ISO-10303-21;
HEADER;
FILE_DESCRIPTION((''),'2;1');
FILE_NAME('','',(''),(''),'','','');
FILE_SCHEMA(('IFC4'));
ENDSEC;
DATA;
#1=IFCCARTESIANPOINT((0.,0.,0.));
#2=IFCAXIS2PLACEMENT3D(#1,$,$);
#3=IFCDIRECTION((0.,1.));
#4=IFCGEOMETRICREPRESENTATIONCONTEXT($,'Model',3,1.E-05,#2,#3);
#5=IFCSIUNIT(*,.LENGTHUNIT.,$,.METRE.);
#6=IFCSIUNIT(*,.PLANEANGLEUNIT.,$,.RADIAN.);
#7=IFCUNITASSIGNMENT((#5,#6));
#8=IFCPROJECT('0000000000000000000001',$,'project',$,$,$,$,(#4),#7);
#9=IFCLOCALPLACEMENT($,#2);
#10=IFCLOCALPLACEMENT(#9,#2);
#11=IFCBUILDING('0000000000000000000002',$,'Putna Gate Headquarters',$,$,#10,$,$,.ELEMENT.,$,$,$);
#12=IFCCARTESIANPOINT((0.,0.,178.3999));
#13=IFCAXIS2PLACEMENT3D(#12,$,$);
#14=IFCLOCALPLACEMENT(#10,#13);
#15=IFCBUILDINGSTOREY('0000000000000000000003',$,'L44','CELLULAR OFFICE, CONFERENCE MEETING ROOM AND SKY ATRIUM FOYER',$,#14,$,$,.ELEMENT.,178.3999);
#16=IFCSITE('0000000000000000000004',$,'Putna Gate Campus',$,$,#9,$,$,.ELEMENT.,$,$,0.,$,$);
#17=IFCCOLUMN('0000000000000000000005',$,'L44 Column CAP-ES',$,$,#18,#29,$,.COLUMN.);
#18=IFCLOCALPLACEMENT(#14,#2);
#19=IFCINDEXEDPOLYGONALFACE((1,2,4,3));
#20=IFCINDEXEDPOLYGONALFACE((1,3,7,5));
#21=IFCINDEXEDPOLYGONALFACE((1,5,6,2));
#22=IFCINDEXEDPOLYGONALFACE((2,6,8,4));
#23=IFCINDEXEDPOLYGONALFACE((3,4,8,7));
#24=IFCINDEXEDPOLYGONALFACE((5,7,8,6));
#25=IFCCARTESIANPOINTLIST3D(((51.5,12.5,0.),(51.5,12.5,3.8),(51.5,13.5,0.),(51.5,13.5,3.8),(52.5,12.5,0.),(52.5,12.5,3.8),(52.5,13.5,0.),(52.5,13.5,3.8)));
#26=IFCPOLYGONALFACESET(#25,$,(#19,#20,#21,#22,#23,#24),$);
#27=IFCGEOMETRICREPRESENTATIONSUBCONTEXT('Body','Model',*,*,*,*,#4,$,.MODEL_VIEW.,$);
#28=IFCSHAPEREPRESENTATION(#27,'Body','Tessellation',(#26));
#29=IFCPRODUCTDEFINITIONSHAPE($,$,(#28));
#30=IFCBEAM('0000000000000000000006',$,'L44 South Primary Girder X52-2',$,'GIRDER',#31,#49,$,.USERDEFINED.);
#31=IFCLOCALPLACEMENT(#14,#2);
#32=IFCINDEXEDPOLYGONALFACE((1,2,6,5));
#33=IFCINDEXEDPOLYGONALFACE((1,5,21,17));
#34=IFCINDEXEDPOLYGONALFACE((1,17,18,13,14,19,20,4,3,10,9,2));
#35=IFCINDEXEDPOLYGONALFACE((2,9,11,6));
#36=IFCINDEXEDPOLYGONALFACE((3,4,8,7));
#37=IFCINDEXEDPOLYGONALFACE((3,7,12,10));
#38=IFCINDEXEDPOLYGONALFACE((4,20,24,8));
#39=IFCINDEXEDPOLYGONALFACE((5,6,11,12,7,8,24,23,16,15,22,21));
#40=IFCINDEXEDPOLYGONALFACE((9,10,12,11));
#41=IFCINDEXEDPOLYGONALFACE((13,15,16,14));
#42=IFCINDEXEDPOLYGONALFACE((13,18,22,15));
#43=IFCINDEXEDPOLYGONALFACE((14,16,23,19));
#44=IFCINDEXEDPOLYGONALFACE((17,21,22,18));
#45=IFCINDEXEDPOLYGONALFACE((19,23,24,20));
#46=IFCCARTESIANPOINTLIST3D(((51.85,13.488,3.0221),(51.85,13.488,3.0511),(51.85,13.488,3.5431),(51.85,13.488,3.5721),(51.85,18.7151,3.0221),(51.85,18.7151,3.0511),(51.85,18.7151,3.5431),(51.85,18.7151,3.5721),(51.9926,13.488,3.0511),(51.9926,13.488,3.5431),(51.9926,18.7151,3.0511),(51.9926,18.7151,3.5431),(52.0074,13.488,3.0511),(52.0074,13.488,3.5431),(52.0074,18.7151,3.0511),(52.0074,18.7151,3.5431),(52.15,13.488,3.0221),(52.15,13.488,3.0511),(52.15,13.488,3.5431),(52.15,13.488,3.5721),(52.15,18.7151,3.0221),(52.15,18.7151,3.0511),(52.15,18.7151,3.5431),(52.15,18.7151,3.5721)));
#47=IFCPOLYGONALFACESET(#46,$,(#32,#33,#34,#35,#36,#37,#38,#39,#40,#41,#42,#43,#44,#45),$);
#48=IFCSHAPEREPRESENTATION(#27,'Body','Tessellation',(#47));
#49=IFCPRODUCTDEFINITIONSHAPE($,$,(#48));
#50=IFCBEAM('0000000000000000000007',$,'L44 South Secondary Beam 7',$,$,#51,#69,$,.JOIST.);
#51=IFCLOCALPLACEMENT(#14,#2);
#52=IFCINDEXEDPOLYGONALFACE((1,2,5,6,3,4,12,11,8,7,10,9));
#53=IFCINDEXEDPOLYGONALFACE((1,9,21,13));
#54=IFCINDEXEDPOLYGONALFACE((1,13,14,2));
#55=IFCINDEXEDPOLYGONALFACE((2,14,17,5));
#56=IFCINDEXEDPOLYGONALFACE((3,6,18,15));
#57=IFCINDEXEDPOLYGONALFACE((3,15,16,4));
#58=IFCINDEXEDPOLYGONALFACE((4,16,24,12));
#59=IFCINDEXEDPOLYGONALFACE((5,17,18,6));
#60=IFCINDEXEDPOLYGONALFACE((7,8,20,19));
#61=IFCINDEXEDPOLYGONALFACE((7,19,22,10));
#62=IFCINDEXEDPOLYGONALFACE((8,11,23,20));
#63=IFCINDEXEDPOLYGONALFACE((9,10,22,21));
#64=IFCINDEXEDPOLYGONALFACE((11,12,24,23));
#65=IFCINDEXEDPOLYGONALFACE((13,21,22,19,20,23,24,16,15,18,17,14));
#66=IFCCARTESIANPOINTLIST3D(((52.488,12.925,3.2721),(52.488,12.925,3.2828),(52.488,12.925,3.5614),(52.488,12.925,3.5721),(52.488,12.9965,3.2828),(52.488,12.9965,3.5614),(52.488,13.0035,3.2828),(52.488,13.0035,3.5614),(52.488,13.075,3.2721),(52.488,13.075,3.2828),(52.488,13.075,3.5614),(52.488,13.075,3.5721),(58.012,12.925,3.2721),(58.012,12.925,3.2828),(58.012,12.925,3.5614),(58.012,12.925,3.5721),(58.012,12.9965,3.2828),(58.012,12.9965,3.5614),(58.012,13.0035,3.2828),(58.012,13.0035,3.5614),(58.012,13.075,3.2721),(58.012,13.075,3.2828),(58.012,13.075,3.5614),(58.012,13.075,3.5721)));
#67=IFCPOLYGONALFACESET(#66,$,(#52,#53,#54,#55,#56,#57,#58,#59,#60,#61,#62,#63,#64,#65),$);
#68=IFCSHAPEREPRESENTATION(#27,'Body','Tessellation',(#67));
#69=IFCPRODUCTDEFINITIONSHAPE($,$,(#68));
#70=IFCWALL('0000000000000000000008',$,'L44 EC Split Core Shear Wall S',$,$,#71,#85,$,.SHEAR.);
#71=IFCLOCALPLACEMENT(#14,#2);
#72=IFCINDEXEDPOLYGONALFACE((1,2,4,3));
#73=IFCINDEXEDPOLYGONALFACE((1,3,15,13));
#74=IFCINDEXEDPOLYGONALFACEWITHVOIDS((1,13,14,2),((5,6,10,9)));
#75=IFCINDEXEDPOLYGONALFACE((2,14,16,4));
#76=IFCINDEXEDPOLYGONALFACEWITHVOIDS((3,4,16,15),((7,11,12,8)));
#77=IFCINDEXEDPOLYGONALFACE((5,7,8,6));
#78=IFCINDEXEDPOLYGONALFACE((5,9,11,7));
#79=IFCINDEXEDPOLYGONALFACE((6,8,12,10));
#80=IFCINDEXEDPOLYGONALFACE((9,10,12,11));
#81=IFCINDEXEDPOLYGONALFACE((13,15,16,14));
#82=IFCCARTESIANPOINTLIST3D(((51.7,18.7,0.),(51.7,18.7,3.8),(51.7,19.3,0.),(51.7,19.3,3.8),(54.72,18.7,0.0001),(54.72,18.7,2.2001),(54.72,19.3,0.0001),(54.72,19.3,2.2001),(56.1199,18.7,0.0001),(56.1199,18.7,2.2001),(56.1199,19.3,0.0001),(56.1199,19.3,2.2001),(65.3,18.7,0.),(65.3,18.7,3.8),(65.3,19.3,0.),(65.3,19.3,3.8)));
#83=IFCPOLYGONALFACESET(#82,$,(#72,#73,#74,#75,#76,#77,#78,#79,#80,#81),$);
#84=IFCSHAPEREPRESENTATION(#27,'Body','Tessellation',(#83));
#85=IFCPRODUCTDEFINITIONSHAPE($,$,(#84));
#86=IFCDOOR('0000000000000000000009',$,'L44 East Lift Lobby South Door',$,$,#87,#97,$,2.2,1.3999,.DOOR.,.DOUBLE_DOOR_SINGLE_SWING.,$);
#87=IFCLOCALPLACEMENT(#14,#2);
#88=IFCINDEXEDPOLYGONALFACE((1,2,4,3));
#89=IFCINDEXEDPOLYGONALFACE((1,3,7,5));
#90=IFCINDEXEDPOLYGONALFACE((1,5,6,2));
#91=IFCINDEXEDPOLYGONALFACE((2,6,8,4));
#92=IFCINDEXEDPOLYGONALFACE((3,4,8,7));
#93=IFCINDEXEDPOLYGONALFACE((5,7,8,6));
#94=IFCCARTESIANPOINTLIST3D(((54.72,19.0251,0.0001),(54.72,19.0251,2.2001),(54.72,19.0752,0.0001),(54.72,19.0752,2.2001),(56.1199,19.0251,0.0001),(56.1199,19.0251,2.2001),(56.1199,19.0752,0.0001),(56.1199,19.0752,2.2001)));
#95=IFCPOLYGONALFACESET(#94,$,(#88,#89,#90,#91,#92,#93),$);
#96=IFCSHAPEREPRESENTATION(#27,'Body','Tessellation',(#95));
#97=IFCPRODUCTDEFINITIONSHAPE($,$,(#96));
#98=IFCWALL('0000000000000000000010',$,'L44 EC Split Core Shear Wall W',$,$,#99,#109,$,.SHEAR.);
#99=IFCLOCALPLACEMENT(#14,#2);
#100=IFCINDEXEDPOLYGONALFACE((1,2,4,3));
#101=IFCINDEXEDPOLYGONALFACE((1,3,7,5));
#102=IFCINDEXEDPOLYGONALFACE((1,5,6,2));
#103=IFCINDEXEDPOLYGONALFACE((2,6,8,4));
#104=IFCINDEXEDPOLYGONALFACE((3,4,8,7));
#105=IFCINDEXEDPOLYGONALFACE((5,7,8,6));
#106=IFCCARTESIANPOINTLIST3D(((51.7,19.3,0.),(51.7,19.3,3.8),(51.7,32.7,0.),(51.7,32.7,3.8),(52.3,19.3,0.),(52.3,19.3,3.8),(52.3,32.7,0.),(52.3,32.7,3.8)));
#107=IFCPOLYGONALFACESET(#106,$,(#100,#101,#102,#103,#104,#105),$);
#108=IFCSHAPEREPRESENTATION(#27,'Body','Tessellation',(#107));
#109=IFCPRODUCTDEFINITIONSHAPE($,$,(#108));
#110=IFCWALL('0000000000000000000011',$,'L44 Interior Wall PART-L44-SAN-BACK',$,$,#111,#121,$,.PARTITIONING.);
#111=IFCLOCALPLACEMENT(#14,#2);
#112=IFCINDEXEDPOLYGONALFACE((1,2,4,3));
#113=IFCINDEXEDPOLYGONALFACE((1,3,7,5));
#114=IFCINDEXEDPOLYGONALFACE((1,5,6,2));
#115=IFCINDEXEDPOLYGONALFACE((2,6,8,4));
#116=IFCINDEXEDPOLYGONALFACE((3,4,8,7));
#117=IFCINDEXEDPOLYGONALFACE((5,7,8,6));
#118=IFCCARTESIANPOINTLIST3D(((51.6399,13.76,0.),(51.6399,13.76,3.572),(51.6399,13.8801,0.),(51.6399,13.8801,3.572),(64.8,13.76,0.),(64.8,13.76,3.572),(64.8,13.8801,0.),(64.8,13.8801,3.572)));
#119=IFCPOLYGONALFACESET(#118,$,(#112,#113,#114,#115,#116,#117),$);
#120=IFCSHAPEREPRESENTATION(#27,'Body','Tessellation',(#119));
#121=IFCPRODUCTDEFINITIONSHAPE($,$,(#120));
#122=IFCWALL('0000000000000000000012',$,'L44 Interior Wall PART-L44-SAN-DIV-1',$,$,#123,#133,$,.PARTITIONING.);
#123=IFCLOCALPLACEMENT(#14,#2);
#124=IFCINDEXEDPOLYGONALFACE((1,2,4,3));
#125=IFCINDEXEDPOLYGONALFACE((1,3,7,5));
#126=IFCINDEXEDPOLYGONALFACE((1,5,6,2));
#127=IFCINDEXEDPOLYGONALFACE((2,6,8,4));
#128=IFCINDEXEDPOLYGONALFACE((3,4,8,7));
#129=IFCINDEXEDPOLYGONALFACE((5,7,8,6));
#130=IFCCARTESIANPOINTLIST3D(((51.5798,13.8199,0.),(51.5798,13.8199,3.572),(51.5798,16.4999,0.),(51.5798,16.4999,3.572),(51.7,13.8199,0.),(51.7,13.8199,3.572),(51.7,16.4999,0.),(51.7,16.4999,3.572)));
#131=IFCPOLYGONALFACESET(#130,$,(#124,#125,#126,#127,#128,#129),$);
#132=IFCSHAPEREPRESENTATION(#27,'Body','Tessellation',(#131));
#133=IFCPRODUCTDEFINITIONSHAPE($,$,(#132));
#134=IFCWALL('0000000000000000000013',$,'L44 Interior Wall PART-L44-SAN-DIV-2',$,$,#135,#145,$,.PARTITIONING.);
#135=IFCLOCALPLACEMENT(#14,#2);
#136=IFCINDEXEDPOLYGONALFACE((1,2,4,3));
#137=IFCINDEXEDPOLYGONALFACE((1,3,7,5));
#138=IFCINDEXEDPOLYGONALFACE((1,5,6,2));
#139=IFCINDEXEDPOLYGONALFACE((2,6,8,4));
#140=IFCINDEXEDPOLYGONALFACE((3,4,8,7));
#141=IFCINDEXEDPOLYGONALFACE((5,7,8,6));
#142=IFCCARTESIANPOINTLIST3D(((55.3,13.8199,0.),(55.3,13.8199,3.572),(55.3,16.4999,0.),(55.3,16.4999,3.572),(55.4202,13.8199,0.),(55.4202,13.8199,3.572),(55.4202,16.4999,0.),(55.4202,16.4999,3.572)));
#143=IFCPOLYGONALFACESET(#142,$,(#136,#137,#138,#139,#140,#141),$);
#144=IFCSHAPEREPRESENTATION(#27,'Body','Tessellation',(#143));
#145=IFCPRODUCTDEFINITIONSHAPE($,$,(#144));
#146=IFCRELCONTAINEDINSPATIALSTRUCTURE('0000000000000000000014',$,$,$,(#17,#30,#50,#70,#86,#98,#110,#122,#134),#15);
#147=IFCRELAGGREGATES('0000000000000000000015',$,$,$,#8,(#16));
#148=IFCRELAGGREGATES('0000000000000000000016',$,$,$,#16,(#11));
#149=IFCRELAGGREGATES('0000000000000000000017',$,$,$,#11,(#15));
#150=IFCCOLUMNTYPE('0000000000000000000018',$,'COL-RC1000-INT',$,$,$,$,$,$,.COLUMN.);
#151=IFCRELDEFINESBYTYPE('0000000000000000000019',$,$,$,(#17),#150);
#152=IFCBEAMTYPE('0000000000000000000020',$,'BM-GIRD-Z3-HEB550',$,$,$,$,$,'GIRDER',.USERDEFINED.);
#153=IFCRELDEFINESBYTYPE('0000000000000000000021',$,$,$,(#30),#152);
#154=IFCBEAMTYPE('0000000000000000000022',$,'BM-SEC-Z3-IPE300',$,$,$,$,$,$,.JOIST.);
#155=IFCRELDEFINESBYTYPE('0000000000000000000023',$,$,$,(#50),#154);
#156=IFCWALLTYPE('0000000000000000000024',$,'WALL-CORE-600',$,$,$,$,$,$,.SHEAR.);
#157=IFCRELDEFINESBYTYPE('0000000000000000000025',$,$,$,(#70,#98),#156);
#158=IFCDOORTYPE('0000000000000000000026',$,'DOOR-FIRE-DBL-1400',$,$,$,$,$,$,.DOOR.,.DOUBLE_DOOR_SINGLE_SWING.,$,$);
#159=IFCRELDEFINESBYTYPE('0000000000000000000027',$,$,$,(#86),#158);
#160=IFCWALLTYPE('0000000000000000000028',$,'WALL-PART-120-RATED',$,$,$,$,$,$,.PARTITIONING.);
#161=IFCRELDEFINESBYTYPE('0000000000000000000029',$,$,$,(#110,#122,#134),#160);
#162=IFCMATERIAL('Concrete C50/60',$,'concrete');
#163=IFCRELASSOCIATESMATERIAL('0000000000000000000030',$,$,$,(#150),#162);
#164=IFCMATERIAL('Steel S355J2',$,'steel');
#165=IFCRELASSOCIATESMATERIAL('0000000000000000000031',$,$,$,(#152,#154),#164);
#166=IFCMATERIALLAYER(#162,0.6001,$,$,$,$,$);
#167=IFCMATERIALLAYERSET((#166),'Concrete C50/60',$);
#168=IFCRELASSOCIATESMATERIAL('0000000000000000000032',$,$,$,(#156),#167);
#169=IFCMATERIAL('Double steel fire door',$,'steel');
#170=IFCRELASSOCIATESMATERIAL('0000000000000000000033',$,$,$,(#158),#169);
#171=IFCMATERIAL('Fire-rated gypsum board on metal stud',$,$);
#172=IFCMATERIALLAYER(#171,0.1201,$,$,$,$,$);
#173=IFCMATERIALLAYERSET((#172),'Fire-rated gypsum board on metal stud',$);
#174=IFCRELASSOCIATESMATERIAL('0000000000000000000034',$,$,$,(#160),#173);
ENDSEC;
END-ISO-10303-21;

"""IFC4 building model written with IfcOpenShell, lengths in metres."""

from ifc_helpers import new_model, si_unit, direction, frame, frame_2d, origin, origin_2d, place, context, subcontext, project, spatial, rectangle, i_section, extrude, material, layer, layer_set, material_profile, profile_set, type_object, element, fill, save


model = new_model("IFC4")

# Units and contexts
model_context = context("Model", 3, precision=1e-05, world=origin(), true_north=direction((0.0, 1.0)))
body_context = subcontext(model_context, "Body", "Model", "MODEL_VIEW")
ifc_project = project(units=[si_unit("LENGTHUNIT", "METRE"), si_unit("PLANEANGLEUNIT", "RADIAN")], contexts=[model_context])

# Site, building, storey
site_placement = place(None, origin())
site = spatial("IfcSite", under=ifc_project, at=site_placement, Name="Putna Gate Campus", CompositionType="ELEMENT", RefElevation=0.0)
building_placement = place(site_placement, origin())
building = spatial("IfcBuilding", under=site, at=building_placement, Name="Putna Gate Headquarters", CompositionType="ELEMENT")
storey_placement = place(building_placement, frame((0.0, 0.0, 178.3999)))
storey = spatial("IfcBuildingStorey", under=building, at=storey_placement, Name="L44", Description="CELLULAR OFFICE, CONFERENCE MEETING ROOM AND SKY ATRIUM FOYER", CompositionType="ELEMENT", Elevation=178.3999)

# Column
ifc_material_1 = material(Name="Concrete C50/60", Category="concrete")
ifc_material_profile_1 = material_profile(ifc_material_1, rectangle(XDim=1.0, YDim=1.0, at=origin_2d()), Name="Concrete C50/60")
ifc_profile_set_1 = profile_set([ifc_material_profile_1], Name="Concrete C50/60")
column_type = type_object("IfcColumnType", Name="COL-RC1000-INT", PredefinedType="COLUMN", material=ifc_profile_set_1)
column_placement = place(storey_placement, frame((52.0, 13.0, 0.0), z_axis=(0.0, 0.0, 1.0), x_axis=(1.0, 0.0, 0.0)))
element("IfcColumn", 1, at=column_placement, inside=storey, type_object=column_type, Name="L44 Column CAP-ES", PredefinedType="COLUMN", context=body_context, shape_type="SweptSolid", body=[
    extrude(rectangle(XDim=1.0, YDim=1.0, at=origin_2d()), origin(), (0.0, 0.0, 1.0), 3.8),
])

# Beams
ifc_material_2 = material(Name="Steel S355J2", Category="steel")
ifc_material_profile_2 = material_profile(ifc_material_2, i_section(OverallWidth=0.3, OverallDepth=0.55, WebThickness=0.0149, FlangeThickness=0.0291, at=origin_2d()), Name="Steel S355J2")
ifc_profile_set_2 = profile_set([ifc_material_profile_2], Name="Steel S355J2")
beam_type_1 = type_object("IfcBeamType", Name="BM-GIRD-Z3-HEB550", ElementType="GIRDER", PredefinedType="USERDEFINED", material=ifc_profile_set_2)
beam_1_placement = place(storey_placement, frame((52.0, 13.488, 3.2971), z_axis=(0.0, 1.0, 0.0), x_axis=(-1.0, 0.0, 0.0)))
element("IfcBeam", 2, at=beam_1_placement, inside=storey, type_object=beam_type_1, Name="L44 South Primary Girder X52-2", ObjectType="GIRDER", PredefinedType="USERDEFINED", context=body_context, shape_type="SweptSolid", body=[
    extrude(i_section(OverallWidth=0.3, OverallDepth=0.55, WebThickness=0.0149, FlangeThickness=0.0291, at=origin_2d()), origin(), (0.0, 0.0, 1.0), 5.2271),
])
ifc_material_profile_3 = material_profile(ifc_material_2, i_section(OverallWidth=0.1499, OverallDepth=0.3, WebThickness=0.0071, FlangeThickness=0.0107, at=origin_2d()), Name="Steel S355J2")
ifc_profile_set_3 = profile_set([ifc_material_profile_3], Name="Steel S355J2")
beam_type_2 = type_object("IfcBeamType", Name="BM-SEC-Z3-IPE300", PredefinedType="JOIST", material=ifc_profile_set_3)
beam_2_placement = place(storey_placement, frame((52.488, 13.0, 3.4221), z_axis=(1.0, 0.0, 0.0), x_axis=(0.0, 1.0, 0.0)))
element("IfcBeam", 3, at=beam_2_placement, inside=storey, type_object=beam_type_2, Name="L44 South Secondary Beam 7", PredefinedType="JOIST", context=body_context, shape_type="SweptSolid", body=[
    extrude(i_section(OverallWidth=0.1499, OverallDepth=0.3, WebThickness=0.0071, FlangeThickness=0.0107, at=origin_2d()), origin(), (0.0, 0.0, 1.0), 5.5239),
])

# Wall, opening, door
ifc_layer_1 = layer(ifc_material_1, 0.6001)
ifc_layer_set_1 = layer_set([ifc_layer_1], Name="Concrete C50/60")
wall_type_1 = type_object("IfcWallType", Name="WALL-CORE-600", PredefinedType="SHEAR", material=ifc_layer_set_1)
wall_1_placement = place(storey_placement, frame((51.7, 19.0, 0.0), z_axis=(0.0, 0.0, 1.0), x_axis=(1.0, 0.0, 0.0)))
wall_1 = element("IfcWall", 4, at=wall_1_placement, inside=storey, type_object=wall_type_1, Name="L44 EC Split Core Shear Wall S", PredefinedType="SHEAR", context=body_context, shape_type="SweptSolid", body=[
    extrude(rectangle(XDim=13.6001, YDim=0.6001, at=frame_2d((6.8, 0.0))), origin(), (0.0, 0.0, 1.0), 3.8),
])
opening_1_placement = place(wall_1_placement, frame((3.02, 0.0, 0.0)))
opening_1 = element("IfcOpeningElement", 5, at=opening_1_placement, cuts=wall_1, PredefinedType="OPENING", context=body_context, shape_type="SweptSolid", body=[
    extrude(rectangle(XDim=1.3999, YDim=2.2, at=frame_2d((0.7, 1.1001))), frame((0.0, 0.3101, 0.0), z_axis=(0.0, -1.0, 0.0), x_axis=(1.0, 0.0, 0.0)), (0.0, 0.0, 1.0), 0.6201),
])
ifc_material_3 = material(Name="Double steel fire door", Category="steel")
door_type_1 = type_object("IfcDoorType", Name="DOOR-FIRE-DBL-1400", OperationType="DOUBLE_DOOR_SINGLE_SWING", PredefinedType="DOOR", material=ifc_material_3)
door_1_placement = place(opening_1_placement, origin())
door_1 = element("IfcDoor", 6, at=door_1_placement, inside=storey, type_object=door_type_1, Name="L44 East Lift Lobby South Door", OperationType="DOUBLE_DOOR_SINGLE_SWING", OverallHeight=2.2, OverallWidth=1.3999, PredefinedType="DOOR", context=body_context, shape_type="SweptSolid", body=[
    extrude(rectangle(XDim=1.3999, YDim=2.2, at=frame_2d((0.7, 1.1001))), frame((0.0, 0.0752, 0.0), z_axis=(0.0, -1.0, 0.0), x_axis=(1.0, 0.0, 0.0)), (0.0, 0.0, 1.0), 0.05),
])
fill(opening_1, door_1)

# Wall
wall_2_placement = place(storey_placement, frame((52.0, 19.3, 0.0), z_axis=(0.0, 0.0, 1.0), x_axis=(0.0, 1.0, 0.0)))
element("IfcWall", 7, at=wall_2_placement, inside=storey, type_object=wall_type_1, Name="L44 EC Split Core Shear Wall W", PredefinedType="SHEAR", context=body_context, shape_type="SweptSolid", body=[
    extrude(rectangle(XDim=13.3999, YDim=0.6001, at=frame_2d((6.7, 0.0))), origin(), (0.0, 0.0, 1.0), 3.8),
])

# Shared definitions
ifc_material_4 = material(Name="Fire-rated gypsum board on metal stud")
ifc_layer_2 = layer(ifc_material_4, 0.1201)
ifc_layer_set_2 = layer_set([ifc_layer_2], Name="Fire-rated gypsum board on metal stud")
wall_type_2 = type_object("IfcWallType", Name="WALL-PART-120-RATED", PredefinedType="PARTITIONING", material=ifc_layer_set_2)

# Walls
wall_3_placement = place(storey_placement, frame((51.6399, 13.8201, 0.0), z_axis=(0.0, 0.0, 1.0), x_axis=(1.0, 0.0, 0.0)))
element("IfcWall", 8, at=wall_3_placement, inside=storey, type_object=wall_type_2, Name="L44 Interior Wall PART-L44-SAN-BACK", PredefinedType="PARTITIONING", context=body_context, shape_type="SweptSolid", body=[
    extrude(rectangle(XDim=13.1602, YDim=0.1201, at=frame_2d((6.5801, 0.0))), origin(), (0.0, 0.0, 1.0), 3.572),
])
for number, where, z_axis, x_axis, name in (
    (9, (51.6399, 13.8201, 0.0), (0.0, 0.0, 1.0), (0.0, 1.0, 0.0), "L44 Interior Wall PART-L44-SAN-DIV-1"),
    (10, (55.3601, 13.8201, 0.0), (0.0, 0.0, 1.0), (0.0, 1.0, 0.0), "L44 Interior Wall PART-L44-SAN-DIV-2"),
):
    element("IfcWall", number, at=place(storey_placement, frame(where, z_axis=z_axis, x_axis=x_axis)), inside=storey, type_object=wall_type_2, Name=name, PredefinedType="PARTITIONING", context=body_context, shape_type="SweptSolid", body=[
        extrude(rectangle(XDim=2.6799, YDim=0.1201, at=frame_2d((1.3398, 0.0))), origin(), (0.0, 0.0, 1.0), 3.572),
    ])

save(model, "model.ifc")
